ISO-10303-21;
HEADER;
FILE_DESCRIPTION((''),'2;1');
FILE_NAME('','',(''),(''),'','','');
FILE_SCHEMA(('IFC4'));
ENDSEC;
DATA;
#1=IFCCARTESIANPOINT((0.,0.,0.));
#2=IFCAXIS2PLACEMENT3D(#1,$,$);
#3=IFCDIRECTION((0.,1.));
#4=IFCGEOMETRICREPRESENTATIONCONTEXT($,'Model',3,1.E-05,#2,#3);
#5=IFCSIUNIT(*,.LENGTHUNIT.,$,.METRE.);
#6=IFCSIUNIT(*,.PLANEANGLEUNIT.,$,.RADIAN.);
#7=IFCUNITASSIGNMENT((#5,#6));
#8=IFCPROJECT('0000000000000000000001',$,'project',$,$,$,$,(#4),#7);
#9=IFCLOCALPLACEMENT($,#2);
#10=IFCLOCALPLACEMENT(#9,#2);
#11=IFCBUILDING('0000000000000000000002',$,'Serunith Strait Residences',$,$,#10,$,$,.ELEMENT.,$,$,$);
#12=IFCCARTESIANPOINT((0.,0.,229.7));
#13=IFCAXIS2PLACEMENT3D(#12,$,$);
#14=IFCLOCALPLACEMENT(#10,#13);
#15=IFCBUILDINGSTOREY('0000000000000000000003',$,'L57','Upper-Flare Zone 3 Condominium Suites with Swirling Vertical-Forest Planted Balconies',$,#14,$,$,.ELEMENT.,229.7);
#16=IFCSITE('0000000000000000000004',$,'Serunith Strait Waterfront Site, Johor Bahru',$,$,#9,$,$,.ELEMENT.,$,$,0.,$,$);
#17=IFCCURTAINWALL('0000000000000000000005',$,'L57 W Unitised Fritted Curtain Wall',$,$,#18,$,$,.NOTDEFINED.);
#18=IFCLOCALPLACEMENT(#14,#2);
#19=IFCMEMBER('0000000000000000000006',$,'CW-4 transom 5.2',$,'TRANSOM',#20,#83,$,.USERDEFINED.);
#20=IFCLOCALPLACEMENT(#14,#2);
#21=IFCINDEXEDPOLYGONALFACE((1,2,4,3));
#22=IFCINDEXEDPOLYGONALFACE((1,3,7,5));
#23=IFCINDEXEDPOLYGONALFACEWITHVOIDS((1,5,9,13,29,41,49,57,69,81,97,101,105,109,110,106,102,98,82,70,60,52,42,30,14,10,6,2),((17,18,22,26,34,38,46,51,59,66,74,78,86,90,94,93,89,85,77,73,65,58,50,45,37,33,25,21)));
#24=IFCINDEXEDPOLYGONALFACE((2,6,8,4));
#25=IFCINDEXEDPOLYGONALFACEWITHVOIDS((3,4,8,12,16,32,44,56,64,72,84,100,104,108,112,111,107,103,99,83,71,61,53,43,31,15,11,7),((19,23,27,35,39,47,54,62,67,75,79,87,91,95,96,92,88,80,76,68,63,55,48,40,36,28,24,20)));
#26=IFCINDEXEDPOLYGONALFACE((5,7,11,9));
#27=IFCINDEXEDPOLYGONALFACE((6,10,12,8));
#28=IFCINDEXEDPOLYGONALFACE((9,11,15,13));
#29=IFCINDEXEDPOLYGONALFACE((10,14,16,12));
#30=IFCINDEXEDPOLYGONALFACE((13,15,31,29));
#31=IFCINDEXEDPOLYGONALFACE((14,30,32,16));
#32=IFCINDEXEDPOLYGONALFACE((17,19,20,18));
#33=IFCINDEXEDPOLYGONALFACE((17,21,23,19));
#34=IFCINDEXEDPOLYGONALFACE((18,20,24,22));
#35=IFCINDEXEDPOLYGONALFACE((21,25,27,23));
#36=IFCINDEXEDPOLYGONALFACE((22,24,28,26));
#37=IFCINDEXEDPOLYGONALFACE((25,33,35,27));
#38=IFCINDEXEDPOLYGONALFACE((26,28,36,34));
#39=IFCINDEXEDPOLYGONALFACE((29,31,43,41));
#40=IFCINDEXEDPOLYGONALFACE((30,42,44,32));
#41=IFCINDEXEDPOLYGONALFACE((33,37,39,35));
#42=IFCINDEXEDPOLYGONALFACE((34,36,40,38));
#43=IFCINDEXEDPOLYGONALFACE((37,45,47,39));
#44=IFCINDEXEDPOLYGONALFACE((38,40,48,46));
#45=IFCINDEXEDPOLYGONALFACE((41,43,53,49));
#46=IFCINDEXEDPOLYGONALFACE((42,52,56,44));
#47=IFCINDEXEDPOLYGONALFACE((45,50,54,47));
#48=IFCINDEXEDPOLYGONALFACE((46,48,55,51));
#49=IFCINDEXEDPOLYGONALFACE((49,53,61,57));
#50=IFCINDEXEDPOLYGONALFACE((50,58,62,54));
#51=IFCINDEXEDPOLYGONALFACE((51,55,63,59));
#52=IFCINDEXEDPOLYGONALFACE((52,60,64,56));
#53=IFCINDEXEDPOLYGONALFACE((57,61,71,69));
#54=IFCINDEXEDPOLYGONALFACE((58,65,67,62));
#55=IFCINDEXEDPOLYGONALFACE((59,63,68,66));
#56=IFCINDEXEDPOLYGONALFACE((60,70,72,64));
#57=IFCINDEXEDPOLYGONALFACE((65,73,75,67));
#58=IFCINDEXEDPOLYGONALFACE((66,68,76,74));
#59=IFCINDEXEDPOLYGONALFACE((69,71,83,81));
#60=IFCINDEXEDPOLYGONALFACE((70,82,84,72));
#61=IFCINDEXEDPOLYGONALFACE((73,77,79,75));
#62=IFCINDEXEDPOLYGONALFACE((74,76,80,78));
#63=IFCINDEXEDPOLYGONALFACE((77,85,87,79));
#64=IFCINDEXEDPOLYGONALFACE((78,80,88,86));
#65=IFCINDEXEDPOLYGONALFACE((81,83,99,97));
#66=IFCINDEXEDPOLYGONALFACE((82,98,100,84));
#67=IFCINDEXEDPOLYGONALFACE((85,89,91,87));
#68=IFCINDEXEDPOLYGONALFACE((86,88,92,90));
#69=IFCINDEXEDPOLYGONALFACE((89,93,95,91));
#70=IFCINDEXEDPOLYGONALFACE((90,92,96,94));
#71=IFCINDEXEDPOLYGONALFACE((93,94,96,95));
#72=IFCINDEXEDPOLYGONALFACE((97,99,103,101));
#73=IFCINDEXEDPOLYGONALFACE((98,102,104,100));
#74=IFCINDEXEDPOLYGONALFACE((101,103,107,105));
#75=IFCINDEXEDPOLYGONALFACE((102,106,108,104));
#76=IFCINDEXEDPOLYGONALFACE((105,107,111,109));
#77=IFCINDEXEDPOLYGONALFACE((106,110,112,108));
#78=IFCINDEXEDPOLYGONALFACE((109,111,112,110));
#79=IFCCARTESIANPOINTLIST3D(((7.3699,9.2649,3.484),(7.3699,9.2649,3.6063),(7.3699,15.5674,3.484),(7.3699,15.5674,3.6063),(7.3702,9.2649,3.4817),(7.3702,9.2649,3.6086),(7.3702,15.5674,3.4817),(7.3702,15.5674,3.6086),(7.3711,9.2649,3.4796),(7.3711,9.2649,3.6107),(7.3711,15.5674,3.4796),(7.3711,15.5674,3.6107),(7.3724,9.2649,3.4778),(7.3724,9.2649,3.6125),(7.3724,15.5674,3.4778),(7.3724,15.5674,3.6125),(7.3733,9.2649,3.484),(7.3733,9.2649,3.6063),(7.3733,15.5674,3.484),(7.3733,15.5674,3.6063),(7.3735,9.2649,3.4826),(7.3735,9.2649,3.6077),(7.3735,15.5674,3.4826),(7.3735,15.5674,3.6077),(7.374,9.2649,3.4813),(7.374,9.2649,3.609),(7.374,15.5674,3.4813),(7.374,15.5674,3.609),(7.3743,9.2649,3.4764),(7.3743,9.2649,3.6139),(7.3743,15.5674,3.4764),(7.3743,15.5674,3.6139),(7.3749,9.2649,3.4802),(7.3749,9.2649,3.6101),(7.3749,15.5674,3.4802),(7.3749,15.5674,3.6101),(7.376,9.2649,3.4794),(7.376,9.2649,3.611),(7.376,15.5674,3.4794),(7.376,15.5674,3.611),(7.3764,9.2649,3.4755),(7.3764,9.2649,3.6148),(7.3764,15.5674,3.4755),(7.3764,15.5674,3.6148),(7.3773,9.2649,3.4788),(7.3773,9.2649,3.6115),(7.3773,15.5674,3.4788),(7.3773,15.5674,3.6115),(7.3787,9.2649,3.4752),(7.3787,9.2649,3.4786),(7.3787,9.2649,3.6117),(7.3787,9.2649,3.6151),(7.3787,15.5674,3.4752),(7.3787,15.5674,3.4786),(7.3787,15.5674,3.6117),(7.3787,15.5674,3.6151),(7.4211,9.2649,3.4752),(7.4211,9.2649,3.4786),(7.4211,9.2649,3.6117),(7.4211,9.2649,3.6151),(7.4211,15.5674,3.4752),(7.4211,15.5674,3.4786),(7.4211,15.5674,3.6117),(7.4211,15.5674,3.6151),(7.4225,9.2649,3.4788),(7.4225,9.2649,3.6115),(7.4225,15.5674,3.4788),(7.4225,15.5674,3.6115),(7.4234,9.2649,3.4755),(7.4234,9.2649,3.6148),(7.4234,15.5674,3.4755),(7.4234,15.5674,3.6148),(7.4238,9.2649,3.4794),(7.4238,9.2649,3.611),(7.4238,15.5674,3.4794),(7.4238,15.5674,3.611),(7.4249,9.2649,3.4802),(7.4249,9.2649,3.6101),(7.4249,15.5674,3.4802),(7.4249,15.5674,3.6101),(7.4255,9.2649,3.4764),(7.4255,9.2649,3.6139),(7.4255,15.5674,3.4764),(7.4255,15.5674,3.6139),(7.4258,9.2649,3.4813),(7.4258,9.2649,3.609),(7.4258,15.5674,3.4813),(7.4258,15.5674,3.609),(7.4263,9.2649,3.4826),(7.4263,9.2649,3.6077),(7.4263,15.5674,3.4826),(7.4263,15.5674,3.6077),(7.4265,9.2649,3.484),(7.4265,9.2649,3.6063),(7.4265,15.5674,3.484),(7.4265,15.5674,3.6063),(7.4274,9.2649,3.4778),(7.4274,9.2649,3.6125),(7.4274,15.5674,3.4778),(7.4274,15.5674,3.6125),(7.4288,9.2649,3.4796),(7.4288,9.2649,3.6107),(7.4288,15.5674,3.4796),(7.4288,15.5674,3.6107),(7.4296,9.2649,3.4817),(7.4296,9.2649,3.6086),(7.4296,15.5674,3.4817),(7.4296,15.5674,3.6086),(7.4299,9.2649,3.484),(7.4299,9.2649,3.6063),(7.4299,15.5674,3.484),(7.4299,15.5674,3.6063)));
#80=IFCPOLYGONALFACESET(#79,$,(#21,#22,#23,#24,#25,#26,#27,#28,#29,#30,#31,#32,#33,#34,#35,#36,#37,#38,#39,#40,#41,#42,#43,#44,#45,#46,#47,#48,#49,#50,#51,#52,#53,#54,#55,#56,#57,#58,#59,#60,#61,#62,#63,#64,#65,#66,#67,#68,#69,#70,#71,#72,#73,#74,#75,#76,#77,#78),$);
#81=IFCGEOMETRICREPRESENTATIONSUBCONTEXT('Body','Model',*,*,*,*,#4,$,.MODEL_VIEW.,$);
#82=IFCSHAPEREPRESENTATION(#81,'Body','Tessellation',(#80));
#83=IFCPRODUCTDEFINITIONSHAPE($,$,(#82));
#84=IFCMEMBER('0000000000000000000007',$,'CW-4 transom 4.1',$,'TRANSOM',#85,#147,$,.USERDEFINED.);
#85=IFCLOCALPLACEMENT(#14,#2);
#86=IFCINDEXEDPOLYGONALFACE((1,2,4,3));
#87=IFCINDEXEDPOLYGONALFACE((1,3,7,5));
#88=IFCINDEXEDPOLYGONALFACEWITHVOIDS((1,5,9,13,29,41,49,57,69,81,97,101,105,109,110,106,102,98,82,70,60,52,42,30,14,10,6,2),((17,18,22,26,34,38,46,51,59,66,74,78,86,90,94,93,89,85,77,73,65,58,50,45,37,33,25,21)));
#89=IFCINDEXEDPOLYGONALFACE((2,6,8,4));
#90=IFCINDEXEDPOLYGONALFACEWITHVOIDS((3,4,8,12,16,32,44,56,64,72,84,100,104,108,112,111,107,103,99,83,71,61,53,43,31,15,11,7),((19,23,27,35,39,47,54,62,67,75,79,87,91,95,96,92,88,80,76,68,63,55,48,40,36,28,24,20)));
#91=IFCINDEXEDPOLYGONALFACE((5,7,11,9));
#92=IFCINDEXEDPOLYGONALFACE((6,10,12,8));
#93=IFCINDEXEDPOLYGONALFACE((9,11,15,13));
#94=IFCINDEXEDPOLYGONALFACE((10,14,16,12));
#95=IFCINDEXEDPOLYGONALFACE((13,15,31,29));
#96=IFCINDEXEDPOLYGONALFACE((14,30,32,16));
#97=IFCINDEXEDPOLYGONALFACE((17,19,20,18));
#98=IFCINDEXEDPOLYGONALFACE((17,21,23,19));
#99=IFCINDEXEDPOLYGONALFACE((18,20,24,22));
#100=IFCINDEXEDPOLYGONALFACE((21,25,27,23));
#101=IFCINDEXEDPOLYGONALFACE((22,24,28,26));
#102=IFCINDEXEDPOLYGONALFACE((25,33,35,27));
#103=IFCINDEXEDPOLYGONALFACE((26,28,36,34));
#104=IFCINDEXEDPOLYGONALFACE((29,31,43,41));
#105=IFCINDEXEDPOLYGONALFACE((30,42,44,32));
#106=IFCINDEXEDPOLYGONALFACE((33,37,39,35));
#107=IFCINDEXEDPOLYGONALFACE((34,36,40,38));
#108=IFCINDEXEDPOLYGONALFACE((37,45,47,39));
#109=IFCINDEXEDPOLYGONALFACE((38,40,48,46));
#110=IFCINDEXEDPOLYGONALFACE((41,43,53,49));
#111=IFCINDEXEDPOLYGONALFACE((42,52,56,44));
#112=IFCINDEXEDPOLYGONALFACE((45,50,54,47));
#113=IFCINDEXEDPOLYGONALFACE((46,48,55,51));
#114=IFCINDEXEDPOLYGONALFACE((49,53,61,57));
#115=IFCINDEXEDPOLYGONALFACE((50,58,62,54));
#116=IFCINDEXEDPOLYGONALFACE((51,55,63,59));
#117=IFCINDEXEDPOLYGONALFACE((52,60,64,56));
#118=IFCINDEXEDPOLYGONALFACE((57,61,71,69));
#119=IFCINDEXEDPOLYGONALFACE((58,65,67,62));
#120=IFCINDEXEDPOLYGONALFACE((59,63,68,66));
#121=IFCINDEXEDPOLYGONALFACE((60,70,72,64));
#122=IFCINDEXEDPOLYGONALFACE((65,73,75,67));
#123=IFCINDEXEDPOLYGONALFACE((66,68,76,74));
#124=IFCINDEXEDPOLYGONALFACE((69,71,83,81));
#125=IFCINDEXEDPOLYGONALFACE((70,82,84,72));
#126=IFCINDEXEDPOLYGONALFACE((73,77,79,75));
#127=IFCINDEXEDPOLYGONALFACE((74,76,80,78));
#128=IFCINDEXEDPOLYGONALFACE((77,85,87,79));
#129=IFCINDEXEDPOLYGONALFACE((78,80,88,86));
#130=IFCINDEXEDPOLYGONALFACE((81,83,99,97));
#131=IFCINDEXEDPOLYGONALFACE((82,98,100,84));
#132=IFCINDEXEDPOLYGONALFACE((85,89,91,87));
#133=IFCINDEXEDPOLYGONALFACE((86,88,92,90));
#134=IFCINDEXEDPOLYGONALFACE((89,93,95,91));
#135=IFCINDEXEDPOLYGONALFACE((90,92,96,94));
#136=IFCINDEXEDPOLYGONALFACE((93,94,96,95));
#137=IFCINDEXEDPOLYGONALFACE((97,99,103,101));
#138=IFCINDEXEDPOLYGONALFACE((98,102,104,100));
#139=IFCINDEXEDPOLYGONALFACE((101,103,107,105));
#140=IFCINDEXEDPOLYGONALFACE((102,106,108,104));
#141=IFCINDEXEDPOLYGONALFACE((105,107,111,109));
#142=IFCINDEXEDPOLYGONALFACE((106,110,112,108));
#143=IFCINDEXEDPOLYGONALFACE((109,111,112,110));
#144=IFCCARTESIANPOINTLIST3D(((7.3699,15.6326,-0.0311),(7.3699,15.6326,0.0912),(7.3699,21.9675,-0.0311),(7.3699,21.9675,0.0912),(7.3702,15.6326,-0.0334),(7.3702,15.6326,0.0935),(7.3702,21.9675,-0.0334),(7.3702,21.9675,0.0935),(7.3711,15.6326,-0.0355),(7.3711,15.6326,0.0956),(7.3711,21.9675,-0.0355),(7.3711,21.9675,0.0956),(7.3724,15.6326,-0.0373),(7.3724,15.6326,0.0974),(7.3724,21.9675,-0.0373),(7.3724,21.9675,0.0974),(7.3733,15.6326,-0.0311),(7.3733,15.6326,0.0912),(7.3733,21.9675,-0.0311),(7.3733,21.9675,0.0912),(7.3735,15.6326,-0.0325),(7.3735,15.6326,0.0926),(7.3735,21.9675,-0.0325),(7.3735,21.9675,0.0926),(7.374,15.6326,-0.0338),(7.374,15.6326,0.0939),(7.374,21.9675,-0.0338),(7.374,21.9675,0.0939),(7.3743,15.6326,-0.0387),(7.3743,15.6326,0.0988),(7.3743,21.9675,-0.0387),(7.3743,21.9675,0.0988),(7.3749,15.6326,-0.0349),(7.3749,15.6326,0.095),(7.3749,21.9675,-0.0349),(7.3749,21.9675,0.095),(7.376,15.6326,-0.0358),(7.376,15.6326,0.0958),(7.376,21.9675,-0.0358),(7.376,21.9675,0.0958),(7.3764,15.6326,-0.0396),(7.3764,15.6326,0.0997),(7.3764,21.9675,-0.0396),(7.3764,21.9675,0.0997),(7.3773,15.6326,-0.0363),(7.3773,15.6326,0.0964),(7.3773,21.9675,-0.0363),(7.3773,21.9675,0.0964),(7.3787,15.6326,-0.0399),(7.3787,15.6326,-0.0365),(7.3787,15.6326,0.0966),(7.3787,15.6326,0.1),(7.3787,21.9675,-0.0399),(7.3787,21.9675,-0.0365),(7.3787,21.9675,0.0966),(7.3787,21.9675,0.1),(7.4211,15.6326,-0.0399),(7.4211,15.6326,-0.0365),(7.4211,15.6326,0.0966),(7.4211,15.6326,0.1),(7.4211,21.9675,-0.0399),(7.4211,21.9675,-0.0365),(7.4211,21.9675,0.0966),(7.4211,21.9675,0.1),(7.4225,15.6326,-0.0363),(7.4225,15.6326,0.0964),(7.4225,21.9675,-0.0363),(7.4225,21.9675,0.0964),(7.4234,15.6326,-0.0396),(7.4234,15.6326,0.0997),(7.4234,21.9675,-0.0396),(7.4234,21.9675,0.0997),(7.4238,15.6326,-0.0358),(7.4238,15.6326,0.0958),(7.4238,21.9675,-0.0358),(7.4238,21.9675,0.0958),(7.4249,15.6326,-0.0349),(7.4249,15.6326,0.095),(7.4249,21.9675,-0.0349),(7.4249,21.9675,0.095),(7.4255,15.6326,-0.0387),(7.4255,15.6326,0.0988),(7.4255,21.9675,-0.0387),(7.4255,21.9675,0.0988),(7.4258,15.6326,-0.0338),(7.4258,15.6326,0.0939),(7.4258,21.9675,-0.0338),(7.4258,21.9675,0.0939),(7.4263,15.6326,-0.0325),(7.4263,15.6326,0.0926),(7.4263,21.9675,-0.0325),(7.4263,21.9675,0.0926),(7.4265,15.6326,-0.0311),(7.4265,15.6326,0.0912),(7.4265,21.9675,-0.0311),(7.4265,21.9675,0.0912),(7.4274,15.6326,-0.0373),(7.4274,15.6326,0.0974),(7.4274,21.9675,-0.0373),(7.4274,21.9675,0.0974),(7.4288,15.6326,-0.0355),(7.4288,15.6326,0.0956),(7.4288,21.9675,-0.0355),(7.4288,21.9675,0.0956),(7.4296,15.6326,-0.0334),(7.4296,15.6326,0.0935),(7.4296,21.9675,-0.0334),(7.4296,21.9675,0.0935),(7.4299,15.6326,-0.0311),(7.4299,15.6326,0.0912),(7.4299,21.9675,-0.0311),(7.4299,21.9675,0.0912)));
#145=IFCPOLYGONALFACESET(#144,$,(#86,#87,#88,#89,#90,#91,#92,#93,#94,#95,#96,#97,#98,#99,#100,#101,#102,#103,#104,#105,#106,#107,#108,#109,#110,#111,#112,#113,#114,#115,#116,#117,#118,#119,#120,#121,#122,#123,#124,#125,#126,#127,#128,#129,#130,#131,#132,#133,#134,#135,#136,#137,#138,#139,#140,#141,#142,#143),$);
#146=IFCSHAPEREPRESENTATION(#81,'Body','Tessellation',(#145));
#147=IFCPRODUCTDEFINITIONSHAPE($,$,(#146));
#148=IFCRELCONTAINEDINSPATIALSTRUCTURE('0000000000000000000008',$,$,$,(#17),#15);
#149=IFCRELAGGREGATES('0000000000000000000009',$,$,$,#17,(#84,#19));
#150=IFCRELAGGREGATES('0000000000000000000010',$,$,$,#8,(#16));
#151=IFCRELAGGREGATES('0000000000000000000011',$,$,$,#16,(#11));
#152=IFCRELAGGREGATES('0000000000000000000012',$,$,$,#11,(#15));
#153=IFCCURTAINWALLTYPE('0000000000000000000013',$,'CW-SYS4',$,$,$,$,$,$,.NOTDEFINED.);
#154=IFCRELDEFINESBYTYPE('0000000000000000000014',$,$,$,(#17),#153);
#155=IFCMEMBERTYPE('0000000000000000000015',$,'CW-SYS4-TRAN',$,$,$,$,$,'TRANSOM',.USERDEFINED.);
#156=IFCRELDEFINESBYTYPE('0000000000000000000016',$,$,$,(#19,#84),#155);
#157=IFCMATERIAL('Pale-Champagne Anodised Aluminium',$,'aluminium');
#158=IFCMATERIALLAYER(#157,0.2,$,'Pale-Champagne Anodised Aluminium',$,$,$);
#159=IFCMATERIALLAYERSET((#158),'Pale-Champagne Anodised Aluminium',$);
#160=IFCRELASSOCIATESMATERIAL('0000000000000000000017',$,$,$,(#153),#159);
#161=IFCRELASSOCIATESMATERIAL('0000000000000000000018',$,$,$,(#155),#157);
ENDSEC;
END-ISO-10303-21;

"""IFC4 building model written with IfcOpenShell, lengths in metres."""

from ifc_helpers import new_model, si_unit, direction, frame, origin, origin_2d, place, context, subcontext, project, spatial, hollow_rectangle, extrude, source, transform, mapped, material, layer, layer_set, material_profile, profile_set, type_object, element, aggregate, save


model = new_model("IFC4")

# Units and contexts
model_context = context("Model", 3, precision=1e-05, world=origin(), true_north=direction((0.0, 1.0)))
body_context = subcontext(model_context, "Body", "Model", "MODEL_VIEW")
ifc_project = project(units=[si_unit("LENGTHUNIT", "METRE"), si_unit("PLANEANGLEUNIT", "RADIAN")], contexts=[model_context])

# Site, building, storey
site_placement = place(None, origin())
site = spatial("IfcSite", under=ifc_project, at=site_placement, Name="Serunith Strait Waterfront Site, Johor Bahru", CompositionType="ELEMENT", RefElevation=0.0)
building_placement = place(site_placement, origin())
building = spatial("IfcBuilding", under=site, at=building_placement, Name="Serunith Strait Residences", CompositionType="ELEMENT")
storey_placement = place(building_placement, frame((0.0, 0.0, 229.7)))
storey = spatial("IfcBuildingStorey", under=building, at=storey_placement, Name="L57", Description="Upper-Flare Zone 3 Condominium Suites with Swirling Vertical-Forest Planted Balconies", CompositionType="ELEMENT", Elevation=229.7)

# Curtain wall, members
ifc_material_1 = material(Name="Pale-Champagne Anodised Aluminium", Category="aluminium")
ifc_layer_1 = layer(ifc_material_1, 0.2, Name="Pale-Champagne Anodised Aluminium")
ifc_layer_set_1 = layer_set([ifc_layer_1], Name="Pale-Champagne Anodised Aluminium")
curtain_wall_type = type_object("IfcCurtainWallType", Name="CW-SYS4", PredefinedType="NOTDEFINED", material=ifc_layer_set_1)
curtain_wall_placement = place(storey_placement, origin())
curtain_wall = element("IfcCurtainWall", 1, at=curtain_wall_placement, inside=storey, type_object=curtain_wall_type, Name="L57 W Unitised Fritted Curtain Wall", PredefinedType="NOTDEFINED")
ifc_material_profile_1 = material_profile(ifc_material_1, hollow_rectangle(XDim=0.0601, YDim=0.1399, WallThickness=0.0034, InnerFilletRadius=0.0054, OuterFilletRadius=0.0088, at=origin_2d()), Name="ALU 140x60x3.5")
ifc_profile_set_1 = profile_set([ifc_material_profile_1], Name="Pale-Champagne Anodised Aluminium")
member_type_1 = type_object("IfcMemberType", Name="CW-SYS4-TRAN", ElementType="TRANSOM", PredefinedType="USERDEFINED", material=ifc_profile_set_1)
shared_shape_1 = source(origin(), body_context, "Body", "SweptSolid", [
    extrude(hollow_rectangle(XDim=0.0601, YDim=0.1399, WallThickness=0.0034, InnerFilletRadius=0.0054, OuterFilletRadius=0.0088, at=origin_2d()), origin(), (0.0, 0.0, 1.0), 6.3025),
])
member_1_placement = place(storey_placement, frame((7.3999, 15.5674, 3.5452), z_axis=(0.0, -1.0, 0.0), x_axis=(1.0, 0.0, 0.0)))
member_1 = element("IfcMember", 2, at=member_1_placement, type_object=member_type_1, Name="CW-4 transom 5.2", ObjectType="TRANSOM", PredefinedType="USERDEFINED", context=body_context, shape_type="MappedRepresentation", body=[
    mapped(shared_shape_1, transform((0.0, 0.0, 0.0), scale=1.0)),
])
shared_shape_2 = source(origin(), body_context, "Body", "SweptSolid", [
    extrude(hollow_rectangle(XDim=0.0601, YDim=0.1399, WallThickness=0.0034, InnerFilletRadius=0.0054, OuterFilletRadius=0.0088, at=origin_2d()), origin(), (0.0, 0.0, 1.0), 6.335),
])
member_2_placement = place(storey_placement, frame((7.3999, 21.9675, 0.03), z_axis=(0.0, -1.0, 0.0), x_axis=(1.0, 0.0, 0.0)))
member_2 = element("IfcMember", 3, at=member_2_placement, type_object=member_type_1, Name="CW-4 transom 4.1", ObjectType="TRANSOM", PredefinedType="USERDEFINED", context=body_context, shape_type="MappedRepresentation", body=[
    mapped(shared_shape_2, transform((0.0, 0.0, 0.0), scale=1.0)),
])
aggregate(curtain_wall, [member_2, member_1])

save(model, "model.ifc")
